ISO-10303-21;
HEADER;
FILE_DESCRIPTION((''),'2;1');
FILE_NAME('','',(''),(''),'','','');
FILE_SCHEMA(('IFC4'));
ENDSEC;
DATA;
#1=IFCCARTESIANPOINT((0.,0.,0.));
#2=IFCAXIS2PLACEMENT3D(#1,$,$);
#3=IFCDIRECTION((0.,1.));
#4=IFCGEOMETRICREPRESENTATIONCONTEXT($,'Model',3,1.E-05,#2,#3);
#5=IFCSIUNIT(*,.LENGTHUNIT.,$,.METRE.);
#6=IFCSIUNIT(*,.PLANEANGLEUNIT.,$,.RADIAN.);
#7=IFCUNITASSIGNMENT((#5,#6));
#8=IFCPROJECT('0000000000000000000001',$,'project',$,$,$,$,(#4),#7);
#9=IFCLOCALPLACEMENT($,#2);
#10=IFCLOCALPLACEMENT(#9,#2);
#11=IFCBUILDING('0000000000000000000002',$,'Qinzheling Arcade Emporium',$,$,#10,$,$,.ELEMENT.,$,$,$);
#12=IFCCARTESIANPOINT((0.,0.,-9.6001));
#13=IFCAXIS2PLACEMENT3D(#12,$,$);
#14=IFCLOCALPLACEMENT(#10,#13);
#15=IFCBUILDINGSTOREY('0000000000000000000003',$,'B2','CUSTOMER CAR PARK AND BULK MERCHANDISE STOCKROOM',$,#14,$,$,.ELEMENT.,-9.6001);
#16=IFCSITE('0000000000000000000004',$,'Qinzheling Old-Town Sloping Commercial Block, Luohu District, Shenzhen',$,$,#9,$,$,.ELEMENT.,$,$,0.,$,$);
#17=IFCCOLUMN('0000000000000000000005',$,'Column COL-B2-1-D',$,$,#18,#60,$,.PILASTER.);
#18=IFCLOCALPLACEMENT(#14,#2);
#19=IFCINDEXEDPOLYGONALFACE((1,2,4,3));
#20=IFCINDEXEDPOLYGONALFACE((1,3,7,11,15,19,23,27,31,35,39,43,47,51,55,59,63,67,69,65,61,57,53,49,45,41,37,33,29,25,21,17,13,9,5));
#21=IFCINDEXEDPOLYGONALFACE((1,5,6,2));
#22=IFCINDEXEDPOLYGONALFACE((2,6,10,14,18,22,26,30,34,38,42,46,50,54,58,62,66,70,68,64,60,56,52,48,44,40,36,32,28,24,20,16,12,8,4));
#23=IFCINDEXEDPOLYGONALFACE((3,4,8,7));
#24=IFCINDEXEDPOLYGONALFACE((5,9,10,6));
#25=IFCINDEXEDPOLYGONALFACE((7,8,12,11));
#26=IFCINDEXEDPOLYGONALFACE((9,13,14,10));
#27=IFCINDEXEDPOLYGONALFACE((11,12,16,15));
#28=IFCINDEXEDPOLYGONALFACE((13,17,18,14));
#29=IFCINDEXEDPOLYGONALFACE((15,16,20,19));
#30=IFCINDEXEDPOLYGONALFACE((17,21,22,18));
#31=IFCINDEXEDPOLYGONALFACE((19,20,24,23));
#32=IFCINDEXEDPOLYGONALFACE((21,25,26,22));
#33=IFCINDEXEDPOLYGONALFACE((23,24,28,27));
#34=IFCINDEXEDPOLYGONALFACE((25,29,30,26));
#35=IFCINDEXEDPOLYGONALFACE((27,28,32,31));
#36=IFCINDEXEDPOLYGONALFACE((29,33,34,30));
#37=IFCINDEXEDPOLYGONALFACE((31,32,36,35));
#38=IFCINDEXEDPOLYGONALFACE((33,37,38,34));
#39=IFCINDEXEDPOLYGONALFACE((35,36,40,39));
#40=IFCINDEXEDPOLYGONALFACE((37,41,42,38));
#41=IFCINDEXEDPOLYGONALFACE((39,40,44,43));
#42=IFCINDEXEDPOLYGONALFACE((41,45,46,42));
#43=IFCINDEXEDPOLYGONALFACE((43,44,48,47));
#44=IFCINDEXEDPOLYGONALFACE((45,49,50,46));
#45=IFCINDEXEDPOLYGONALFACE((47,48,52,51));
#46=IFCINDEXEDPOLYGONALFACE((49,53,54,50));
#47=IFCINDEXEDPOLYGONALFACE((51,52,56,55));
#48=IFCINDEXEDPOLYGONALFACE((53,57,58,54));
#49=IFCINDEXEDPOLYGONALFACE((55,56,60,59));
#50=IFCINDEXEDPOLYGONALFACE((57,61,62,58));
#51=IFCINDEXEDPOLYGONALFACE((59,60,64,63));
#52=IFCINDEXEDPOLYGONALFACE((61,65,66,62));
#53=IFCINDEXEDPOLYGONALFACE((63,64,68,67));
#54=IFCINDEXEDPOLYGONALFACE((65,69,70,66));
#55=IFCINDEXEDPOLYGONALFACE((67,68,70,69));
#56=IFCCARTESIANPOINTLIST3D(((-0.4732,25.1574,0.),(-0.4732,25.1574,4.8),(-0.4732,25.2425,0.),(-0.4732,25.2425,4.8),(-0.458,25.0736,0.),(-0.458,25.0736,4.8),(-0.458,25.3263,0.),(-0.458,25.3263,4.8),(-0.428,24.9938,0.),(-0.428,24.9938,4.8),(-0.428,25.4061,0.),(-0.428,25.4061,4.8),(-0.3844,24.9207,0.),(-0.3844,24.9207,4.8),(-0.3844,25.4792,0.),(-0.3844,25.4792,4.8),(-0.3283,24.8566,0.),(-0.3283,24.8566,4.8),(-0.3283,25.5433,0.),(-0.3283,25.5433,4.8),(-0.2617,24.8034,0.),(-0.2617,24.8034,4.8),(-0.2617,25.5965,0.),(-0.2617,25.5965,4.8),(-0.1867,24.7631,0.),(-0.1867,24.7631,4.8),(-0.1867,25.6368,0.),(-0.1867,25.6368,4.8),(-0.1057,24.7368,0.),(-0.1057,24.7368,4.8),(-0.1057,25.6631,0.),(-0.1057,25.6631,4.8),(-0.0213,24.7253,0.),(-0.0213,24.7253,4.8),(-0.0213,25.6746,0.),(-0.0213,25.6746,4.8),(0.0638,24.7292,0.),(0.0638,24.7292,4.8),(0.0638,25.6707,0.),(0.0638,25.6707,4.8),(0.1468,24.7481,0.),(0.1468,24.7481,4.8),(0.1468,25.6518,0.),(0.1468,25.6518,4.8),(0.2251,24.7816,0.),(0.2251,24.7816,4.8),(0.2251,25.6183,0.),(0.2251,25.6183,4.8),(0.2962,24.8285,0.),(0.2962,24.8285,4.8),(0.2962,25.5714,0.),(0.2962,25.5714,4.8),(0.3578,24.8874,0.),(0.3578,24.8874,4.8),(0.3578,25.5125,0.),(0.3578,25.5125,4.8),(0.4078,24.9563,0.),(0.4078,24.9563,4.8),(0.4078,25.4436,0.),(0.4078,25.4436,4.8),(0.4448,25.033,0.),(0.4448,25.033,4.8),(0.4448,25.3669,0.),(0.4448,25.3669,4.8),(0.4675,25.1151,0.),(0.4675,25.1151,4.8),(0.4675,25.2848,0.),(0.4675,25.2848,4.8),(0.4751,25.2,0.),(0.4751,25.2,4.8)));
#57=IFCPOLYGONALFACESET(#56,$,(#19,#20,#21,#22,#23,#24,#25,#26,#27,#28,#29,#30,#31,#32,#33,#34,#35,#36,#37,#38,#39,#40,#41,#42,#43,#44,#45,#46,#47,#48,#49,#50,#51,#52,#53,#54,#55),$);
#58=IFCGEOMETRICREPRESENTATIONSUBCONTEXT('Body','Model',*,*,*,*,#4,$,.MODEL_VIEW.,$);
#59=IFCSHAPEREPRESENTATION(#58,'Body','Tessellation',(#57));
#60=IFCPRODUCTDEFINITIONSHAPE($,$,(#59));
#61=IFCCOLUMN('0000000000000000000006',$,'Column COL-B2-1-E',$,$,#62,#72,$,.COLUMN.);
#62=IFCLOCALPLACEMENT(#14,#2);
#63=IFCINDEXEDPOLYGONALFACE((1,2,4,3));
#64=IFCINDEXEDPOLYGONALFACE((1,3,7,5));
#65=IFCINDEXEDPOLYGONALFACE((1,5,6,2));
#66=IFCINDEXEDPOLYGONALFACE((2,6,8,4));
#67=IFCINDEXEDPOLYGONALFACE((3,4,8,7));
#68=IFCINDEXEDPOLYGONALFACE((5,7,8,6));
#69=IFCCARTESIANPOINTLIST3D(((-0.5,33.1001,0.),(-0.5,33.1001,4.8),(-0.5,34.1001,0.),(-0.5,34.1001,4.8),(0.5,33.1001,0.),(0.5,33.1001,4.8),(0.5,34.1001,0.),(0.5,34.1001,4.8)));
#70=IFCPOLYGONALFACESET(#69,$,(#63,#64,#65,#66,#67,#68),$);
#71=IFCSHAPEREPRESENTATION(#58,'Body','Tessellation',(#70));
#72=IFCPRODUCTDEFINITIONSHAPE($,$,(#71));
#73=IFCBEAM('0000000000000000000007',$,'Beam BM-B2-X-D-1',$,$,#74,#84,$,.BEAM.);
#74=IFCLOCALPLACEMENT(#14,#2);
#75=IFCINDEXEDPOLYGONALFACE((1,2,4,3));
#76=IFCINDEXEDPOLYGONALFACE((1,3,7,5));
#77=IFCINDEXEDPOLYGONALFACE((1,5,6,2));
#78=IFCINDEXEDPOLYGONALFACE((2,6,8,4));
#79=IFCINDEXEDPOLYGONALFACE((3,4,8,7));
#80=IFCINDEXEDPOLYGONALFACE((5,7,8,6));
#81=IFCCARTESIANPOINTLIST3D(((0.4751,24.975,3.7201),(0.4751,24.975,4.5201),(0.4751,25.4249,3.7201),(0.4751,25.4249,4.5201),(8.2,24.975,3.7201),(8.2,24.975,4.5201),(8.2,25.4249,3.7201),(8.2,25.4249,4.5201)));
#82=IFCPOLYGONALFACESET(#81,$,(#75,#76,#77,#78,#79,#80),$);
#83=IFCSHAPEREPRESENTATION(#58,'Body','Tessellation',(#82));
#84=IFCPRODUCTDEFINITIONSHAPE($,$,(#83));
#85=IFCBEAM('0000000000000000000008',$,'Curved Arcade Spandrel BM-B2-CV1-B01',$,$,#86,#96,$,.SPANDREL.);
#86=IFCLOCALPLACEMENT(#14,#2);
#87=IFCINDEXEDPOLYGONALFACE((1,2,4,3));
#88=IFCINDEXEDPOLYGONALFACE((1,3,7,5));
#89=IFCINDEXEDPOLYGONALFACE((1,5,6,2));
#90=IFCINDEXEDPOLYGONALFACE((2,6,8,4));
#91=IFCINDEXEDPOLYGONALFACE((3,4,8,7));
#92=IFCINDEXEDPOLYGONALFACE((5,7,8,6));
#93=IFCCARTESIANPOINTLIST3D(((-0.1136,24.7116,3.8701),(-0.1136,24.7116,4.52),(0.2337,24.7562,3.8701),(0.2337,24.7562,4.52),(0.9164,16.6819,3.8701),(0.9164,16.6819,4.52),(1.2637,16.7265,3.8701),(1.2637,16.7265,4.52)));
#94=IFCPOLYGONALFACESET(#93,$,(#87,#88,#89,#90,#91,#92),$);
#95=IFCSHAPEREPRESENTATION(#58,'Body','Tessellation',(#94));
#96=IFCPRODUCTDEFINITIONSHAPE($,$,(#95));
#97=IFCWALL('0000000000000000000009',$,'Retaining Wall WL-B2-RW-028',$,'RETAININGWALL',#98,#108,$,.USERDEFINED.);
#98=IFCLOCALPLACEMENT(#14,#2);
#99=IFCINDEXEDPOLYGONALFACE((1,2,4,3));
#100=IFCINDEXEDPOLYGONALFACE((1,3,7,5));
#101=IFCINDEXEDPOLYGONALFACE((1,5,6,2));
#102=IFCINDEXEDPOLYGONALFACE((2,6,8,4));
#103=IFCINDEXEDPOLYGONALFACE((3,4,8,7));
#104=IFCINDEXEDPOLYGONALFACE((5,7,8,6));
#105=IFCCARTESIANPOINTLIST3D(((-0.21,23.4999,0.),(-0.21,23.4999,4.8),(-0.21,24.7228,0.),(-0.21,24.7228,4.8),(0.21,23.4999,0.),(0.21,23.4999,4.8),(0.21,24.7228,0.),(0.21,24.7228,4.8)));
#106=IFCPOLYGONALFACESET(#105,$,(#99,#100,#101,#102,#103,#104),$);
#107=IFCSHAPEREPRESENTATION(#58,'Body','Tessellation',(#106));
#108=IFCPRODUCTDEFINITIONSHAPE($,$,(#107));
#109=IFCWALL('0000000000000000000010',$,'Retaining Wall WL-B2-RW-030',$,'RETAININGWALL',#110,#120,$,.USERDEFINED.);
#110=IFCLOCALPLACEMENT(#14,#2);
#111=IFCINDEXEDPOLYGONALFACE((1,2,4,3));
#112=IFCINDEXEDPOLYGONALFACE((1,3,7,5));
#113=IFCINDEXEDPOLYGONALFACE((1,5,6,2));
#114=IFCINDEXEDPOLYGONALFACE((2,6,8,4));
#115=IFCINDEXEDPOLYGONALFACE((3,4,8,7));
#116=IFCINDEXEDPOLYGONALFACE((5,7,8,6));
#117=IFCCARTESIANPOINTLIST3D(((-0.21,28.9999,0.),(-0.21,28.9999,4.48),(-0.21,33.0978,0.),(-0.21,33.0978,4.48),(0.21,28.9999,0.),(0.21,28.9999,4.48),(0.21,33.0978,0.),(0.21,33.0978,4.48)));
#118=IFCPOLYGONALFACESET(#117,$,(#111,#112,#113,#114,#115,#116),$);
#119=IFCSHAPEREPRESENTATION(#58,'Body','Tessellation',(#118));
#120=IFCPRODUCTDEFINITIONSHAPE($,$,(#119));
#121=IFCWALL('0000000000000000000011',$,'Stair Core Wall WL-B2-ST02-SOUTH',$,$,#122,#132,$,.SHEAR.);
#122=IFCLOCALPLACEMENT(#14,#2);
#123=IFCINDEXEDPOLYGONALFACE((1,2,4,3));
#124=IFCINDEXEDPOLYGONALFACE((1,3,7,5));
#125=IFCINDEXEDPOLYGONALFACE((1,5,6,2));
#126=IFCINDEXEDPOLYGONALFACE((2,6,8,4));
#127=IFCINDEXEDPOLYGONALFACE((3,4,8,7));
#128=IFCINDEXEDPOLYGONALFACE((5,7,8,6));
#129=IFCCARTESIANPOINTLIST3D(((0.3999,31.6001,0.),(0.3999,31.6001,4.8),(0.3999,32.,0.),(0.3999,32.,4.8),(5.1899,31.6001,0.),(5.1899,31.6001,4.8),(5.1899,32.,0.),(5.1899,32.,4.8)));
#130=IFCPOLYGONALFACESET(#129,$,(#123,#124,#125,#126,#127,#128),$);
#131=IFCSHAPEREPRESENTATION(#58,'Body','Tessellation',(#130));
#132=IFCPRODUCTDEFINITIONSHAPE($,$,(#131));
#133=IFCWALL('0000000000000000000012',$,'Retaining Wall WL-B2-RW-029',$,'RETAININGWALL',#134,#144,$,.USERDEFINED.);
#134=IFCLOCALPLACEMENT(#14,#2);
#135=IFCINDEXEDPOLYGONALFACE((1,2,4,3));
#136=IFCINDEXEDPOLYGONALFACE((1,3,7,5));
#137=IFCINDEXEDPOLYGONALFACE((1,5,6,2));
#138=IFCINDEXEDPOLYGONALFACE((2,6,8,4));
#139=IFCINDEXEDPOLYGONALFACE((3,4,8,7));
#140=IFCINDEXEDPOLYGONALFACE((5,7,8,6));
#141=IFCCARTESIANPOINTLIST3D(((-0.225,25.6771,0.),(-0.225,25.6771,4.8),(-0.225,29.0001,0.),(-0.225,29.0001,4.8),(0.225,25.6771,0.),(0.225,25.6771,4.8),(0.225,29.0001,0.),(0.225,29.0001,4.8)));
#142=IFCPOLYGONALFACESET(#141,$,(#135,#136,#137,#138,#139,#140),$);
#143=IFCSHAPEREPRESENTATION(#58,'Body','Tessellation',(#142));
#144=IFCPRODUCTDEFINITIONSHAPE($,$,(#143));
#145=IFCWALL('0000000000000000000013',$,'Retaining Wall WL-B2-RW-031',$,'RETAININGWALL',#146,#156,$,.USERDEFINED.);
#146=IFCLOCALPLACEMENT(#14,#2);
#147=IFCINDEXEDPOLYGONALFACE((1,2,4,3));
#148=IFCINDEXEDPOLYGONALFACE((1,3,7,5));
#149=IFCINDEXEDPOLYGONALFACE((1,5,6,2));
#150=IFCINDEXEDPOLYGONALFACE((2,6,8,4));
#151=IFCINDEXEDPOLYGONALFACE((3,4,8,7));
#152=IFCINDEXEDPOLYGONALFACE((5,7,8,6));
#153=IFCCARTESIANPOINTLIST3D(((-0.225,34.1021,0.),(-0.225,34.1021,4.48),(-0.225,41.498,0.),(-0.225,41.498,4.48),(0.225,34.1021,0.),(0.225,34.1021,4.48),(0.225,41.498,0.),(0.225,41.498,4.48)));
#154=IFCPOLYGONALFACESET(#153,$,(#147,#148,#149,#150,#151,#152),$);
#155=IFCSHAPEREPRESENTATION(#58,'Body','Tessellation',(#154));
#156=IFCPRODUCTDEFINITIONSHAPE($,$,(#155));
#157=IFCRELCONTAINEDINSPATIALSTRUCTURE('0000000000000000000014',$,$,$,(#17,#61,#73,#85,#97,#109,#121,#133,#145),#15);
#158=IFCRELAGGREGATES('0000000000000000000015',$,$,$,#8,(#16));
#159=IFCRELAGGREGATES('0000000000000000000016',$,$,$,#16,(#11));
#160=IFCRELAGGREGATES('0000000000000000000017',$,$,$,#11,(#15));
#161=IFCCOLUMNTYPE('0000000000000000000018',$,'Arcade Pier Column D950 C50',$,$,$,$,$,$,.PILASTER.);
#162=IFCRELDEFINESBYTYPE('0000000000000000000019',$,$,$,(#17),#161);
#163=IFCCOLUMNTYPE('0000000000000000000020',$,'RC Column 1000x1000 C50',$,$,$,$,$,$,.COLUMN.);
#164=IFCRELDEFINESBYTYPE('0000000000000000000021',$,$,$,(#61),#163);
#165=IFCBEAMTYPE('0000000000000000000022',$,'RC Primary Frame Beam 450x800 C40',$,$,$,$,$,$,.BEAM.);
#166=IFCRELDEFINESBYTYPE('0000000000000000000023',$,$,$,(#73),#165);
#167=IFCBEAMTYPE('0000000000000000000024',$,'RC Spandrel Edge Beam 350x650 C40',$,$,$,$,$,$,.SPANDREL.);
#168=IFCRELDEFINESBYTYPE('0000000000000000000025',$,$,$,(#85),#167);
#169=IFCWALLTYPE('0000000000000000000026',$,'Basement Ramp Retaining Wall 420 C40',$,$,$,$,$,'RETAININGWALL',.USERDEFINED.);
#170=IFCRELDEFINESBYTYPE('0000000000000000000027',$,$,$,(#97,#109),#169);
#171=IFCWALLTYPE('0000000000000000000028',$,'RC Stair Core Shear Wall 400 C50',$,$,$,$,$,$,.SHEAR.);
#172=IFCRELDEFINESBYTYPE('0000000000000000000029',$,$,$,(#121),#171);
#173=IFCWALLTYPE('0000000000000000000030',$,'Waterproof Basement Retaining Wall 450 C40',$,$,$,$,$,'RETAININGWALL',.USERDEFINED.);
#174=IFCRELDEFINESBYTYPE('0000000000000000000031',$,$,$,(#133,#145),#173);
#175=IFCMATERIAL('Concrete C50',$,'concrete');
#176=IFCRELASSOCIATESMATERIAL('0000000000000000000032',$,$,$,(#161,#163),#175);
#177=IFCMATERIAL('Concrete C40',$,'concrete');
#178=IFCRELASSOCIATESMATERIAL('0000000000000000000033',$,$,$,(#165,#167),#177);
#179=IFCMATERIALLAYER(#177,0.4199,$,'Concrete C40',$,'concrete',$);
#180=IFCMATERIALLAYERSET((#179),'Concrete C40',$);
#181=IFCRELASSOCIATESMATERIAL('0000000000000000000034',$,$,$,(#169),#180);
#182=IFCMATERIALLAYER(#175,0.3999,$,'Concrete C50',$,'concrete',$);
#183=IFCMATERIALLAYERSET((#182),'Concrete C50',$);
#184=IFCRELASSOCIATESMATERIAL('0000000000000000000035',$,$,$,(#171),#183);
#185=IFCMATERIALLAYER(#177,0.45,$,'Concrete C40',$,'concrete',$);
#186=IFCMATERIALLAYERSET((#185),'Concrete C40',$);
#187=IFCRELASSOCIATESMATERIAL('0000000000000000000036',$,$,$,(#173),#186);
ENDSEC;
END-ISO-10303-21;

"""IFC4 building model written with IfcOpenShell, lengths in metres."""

from ifc_helpers import new_model, si_unit, direction, frame, frame_2d, origin, origin_2d, place, context, subcontext, project, spatial, rectangle, circle, extrude, material, layer, layer_set, material_profile, profile_set, type_object, element, save


model = new_model("IFC4")

# Units and contexts
model_context = context("Model", 3, precision=1e-05, world=origin(), true_north=direction((0.0, 1.0)))
body_context = subcontext(model_context, "Body", "Model", "MODEL_VIEW")
ifc_project = project(units=[si_unit("LENGTHUNIT", "METRE"), si_unit("PLANEANGLEUNIT", "RADIAN")], contexts=[model_context])

# Site, building, storey
site_placement = place(None, origin())
site = spatial("IfcSite", under=ifc_project, at=site_placement, Name="Qinzheling Old-Town Sloping Commercial Block, Luohu District, Shenzhen", CompositionType="ELEMENT", RefElevation=0.0)
building_placement = place(site_placement, origin())
building = spatial("IfcBuilding", under=site, at=building_placement, Name="Qinzheling Arcade Emporium", CompositionType="ELEMENT")
storey_placement = place(building_placement, frame((0.0, 0.0, -9.6001)))
storey = spatial("IfcBuildingStorey", under=building, at=storey_placement, Name="B2", Description="CUSTOMER CAR PARK AND BULK MERCHANDISE STOCKROOM", CompositionType="ELEMENT", Elevation=-9.6001)

# Shared definitions
ifc_material_1 = material(Name="Concrete C40", Category="concrete")

# Columns
ifc_material_2 = material(Name="Concrete C50", Category="concrete")
ifc_material_profile_1 = material_profile(ifc_material_2, circle(Radius=0.4751, at=origin_2d()), Name="RC D950", Category="concrete")
ifc_profile_set_1 = profile_set([ifc_material_profile_1], Name="Concrete C50")
column_type_1 = type_object("IfcColumnType", Name="Arcade Pier Column D950 C50", PredefinedType="PILASTER", material=ifc_profile_set_1)
column_1_placement = place(storey_placement, frame((0.0, 25.2, 0.0), z_axis=(0.0, 0.0, 1.0), x_axis=(1.0, 0.0, 0.0)))
element("IfcColumn", 1, at=column_1_placement, inside=storey, type_object=column_type_1, Name="Column COL-B2-1-D", PredefinedType="PILASTER", context=body_context, shape_type="SweptSolid", body=[
    extrude(circle(Radius=0.4751, at=origin_2d()), origin(), (0.0, 0.0, 1.0), 4.8),
])
ifc_material_profile_2 = material_profile(ifc_material_2, rectangle(XDim=1.0, YDim=1.0, at=origin_2d()), Name="RC 1000x1000", Category="concrete")
ifc_profile_set_2 = profile_set([ifc_material_profile_2], Name="Concrete C50")
column_type_2 = type_object("IfcColumnType", Name="RC Column 1000x1000 C50", PredefinedType="COLUMN", material=ifc_profile_set_2)
column_2_placement = place(storey_placement, frame((0.0, 33.6001, 0.0), z_axis=(0.0, 0.0, 1.0), x_axis=(1.0, 0.0, 0.0)))
element("IfcColumn", 2, at=column_2_placement, inside=storey, type_object=column_type_2, Name="Column COL-B2-1-E", PredefinedType="COLUMN", context=body_context, shape_type="SweptSolid", body=[
    extrude(rectangle(XDim=1.0, YDim=1.0, at=origin_2d()), origin(), (0.0, 0.0, 1.0), 4.8),
])

# Beams
ifc_material_profile_3 = material_profile(ifc_material_1, rectangle(XDim=0.45, YDim=0.8, at=origin_2d()), Name="RC 450x800", Category="concrete")
ifc_profile_set_3 = profile_set([ifc_material_profile_3], Name="Concrete C40")
beam_type_1 = type_object("IfcBeamType", Name="RC Primary Frame Beam 450x800 C40", PredefinedType="BEAM", material=ifc_profile_set_3)
beam_1_placement = place(storey_placement, frame((0.4751, 25.2, 4.1201), z_axis=(1.0, 0.0, 0.0), x_axis=(0.0, 1.0, 0.0)))
element("IfcBeam", 3, at=beam_1_placement, inside=storey, type_object=beam_type_1, Name="Beam BM-B2-X-D-1", PredefinedType="BEAM", context=body_context, shape_type="SweptSolid", body=[
    extrude(rectangle(XDim=0.45, YDim=0.8, at=origin_2d()), origin(), (0.0, 0.0, 1.0), 7.7249),
])
ifc_material_profile_4 = material_profile(ifc_material_1, rectangle(XDim=0.3501, YDim=0.6499, at=origin_2d()), Name="RC 350x650", Category="concrete")
ifc_profile_set_4 = profile_set([ifc_material_profile_4], Name="Concrete C40")
beam_type_2 = type_object("IfcBeamType", Name="RC Spandrel Edge Beam 350x650 C40", PredefinedType="SPANDREL", material=ifc_profile_set_4)
beam_2_placement = place(storey_placement, frame((0.0601, 24.7339, 4.1951), z_axis=(0.127234, -0.991873, 0.0), x_axis=(0.991873, 0.127234, 0.0)))
element("IfcBeam", 4, at=beam_2_placement, inside=storey, type_object=beam_type_2, Name="Curved Arcade Spandrel BM-B2-CV1-B01", PredefinedType="SPANDREL", context=body_context, shape_type="SweptSolid", body=[
    extrude(rectangle(XDim=0.3501, YDim=0.6499, at=origin_2d()), origin(), (0.0, 0.0, 1.0), 8.0955),
])

# Walls
ifc_layer_1 = layer(ifc_material_1, 0.4199, Name="Concrete C40", Category="concrete")
ifc_layer_set_1 = layer_set([ifc_layer_1], Name="Concrete C40")
wall_type_1 = type_object("IfcWallType", Name="Basement Ramp Retaining Wall 420 C40", ElementType="RETAININGWALL", PredefinedType="USERDEFINED", material=ifc_layer_set_1)
wall_1_placement = place(storey_placement, frame((0.0, 23.5, 0.0), z_axis=(0.0, 0.0, 1.0), x_axis=(0.0, 1.0, 0.0)))
element("IfcWall", 5, at=wall_1_placement, inside=storey, type_object=wall_type_1, Name="Retaining Wall WL-B2-RW-028", ObjectType="RETAININGWALL", PredefinedType="USERDEFINED", context=body_context, shape_type="SweptSolid", body=[
    extrude(rectangle(XDim=1.2229, YDim=0.4199, at=frame_2d((0.6113, 0.0))), origin(), (0.0, 0.0, 1.0), 4.8),
])
wall_2_placement = place(storey_placement, frame((0.0, 29.0, 0.0), z_axis=(0.0, 0.0, 1.0), x_axis=(0.0, 1.0, 0.0)))
element("IfcWall", 6, at=wall_2_placement, inside=storey, type_object=wall_type_1, Name="Retaining Wall WL-B2-RW-030", ObjectType="RETAININGWALL", PredefinedType="USERDEFINED", context=body_context, shape_type="SweptSolid", body=[
    extrude(rectangle(XDim=4.0979, YDim=0.4199, at=frame_2d((2.0488, 0.0))), origin(), (0.0, 0.0, 1.0), 4.48),
])
ifc_layer_2 = layer(ifc_material_2, 0.3999, Name="Concrete C50", Category="concrete")
ifc_layer_set_2 = layer_set([ifc_layer_2], Name="Concrete C50")
wall_type_2 = type_object("IfcWallType", Name="RC Stair Core Shear Wall 400 C50", PredefinedType="SHEAR", material=ifc_layer_set_2)
wall_3_placement = place(storey_placement, frame((5.1899, 31.8, 0.0), z_axis=(0.0, 0.0, 1.0), x_axis=(-1.0, 0.0, 0.0)))
element("IfcWall", 7, at=wall_3_placement, inside=storey, type_object=wall_type_2, Name="Stair Core Wall WL-B2-ST02-SOUTH", PredefinedType="SHEAR", context=body_context, shape_type="SweptSolid", body=[
    extrude(rectangle(XDim=4.79, YDim=0.3999, at=frame_2d((2.395, 0.0))), origin(), (0.0, 0.0, 1.0), 4.8),
])
ifc_layer_3 = layer(ifc_material_1, 0.45, Name="Concrete C40", Category="concrete")
ifc_layer_set_3 = layer_set([ifc_layer_3], Name="Concrete C40")
wall_type_3 = type_object("IfcWallType", Name="Waterproof Basement Retaining Wall 450 C40", ElementType="RETAININGWALL", PredefinedType="USERDEFINED", material=ifc_layer_set_3)
wall_4_placement = place(storey_placement, frame((0.0, 25.677, 0.0), z_axis=(0.0, 0.0, 1.0), x_axis=(0.0, 1.0, 0.0)))
element("IfcWall", 8, at=wall_4_placement, inside=storey, type_object=wall_type_3, Name="Retaining Wall WL-B2-RW-029", ObjectType="RETAININGWALL", PredefinedType="USERDEFINED", context=body_context, shape_type="SweptSolid", body=[
    extrude(rectangle(XDim=3.323, YDim=0.45, at=frame_2d((1.6616, 0.0))), origin(), (0.0, 0.0, 1.0), 4.8),
])
wall_5_placement = place(storey_placement, frame((0.0, 34.1021, 0.0), z_axis=(0.0, 0.0, 1.0), x_axis=(0.0, 1.0, 0.0)))
element("IfcWall", 9, at=wall_5_placement, inside=storey, type_object=wall_type_3, Name="Retaining Wall WL-B2-RW-031", ObjectType="RETAININGWALL", PredefinedType="USERDEFINED", context=body_context, shape_type="SweptSolid", body=[
    extrude(rectangle(XDim=7.396, YDim=0.45, at=frame_2d((3.698, 0.0))), origin(), (0.0, 0.0, 1.0), 4.48),
])

save(model, "model.ifc")
